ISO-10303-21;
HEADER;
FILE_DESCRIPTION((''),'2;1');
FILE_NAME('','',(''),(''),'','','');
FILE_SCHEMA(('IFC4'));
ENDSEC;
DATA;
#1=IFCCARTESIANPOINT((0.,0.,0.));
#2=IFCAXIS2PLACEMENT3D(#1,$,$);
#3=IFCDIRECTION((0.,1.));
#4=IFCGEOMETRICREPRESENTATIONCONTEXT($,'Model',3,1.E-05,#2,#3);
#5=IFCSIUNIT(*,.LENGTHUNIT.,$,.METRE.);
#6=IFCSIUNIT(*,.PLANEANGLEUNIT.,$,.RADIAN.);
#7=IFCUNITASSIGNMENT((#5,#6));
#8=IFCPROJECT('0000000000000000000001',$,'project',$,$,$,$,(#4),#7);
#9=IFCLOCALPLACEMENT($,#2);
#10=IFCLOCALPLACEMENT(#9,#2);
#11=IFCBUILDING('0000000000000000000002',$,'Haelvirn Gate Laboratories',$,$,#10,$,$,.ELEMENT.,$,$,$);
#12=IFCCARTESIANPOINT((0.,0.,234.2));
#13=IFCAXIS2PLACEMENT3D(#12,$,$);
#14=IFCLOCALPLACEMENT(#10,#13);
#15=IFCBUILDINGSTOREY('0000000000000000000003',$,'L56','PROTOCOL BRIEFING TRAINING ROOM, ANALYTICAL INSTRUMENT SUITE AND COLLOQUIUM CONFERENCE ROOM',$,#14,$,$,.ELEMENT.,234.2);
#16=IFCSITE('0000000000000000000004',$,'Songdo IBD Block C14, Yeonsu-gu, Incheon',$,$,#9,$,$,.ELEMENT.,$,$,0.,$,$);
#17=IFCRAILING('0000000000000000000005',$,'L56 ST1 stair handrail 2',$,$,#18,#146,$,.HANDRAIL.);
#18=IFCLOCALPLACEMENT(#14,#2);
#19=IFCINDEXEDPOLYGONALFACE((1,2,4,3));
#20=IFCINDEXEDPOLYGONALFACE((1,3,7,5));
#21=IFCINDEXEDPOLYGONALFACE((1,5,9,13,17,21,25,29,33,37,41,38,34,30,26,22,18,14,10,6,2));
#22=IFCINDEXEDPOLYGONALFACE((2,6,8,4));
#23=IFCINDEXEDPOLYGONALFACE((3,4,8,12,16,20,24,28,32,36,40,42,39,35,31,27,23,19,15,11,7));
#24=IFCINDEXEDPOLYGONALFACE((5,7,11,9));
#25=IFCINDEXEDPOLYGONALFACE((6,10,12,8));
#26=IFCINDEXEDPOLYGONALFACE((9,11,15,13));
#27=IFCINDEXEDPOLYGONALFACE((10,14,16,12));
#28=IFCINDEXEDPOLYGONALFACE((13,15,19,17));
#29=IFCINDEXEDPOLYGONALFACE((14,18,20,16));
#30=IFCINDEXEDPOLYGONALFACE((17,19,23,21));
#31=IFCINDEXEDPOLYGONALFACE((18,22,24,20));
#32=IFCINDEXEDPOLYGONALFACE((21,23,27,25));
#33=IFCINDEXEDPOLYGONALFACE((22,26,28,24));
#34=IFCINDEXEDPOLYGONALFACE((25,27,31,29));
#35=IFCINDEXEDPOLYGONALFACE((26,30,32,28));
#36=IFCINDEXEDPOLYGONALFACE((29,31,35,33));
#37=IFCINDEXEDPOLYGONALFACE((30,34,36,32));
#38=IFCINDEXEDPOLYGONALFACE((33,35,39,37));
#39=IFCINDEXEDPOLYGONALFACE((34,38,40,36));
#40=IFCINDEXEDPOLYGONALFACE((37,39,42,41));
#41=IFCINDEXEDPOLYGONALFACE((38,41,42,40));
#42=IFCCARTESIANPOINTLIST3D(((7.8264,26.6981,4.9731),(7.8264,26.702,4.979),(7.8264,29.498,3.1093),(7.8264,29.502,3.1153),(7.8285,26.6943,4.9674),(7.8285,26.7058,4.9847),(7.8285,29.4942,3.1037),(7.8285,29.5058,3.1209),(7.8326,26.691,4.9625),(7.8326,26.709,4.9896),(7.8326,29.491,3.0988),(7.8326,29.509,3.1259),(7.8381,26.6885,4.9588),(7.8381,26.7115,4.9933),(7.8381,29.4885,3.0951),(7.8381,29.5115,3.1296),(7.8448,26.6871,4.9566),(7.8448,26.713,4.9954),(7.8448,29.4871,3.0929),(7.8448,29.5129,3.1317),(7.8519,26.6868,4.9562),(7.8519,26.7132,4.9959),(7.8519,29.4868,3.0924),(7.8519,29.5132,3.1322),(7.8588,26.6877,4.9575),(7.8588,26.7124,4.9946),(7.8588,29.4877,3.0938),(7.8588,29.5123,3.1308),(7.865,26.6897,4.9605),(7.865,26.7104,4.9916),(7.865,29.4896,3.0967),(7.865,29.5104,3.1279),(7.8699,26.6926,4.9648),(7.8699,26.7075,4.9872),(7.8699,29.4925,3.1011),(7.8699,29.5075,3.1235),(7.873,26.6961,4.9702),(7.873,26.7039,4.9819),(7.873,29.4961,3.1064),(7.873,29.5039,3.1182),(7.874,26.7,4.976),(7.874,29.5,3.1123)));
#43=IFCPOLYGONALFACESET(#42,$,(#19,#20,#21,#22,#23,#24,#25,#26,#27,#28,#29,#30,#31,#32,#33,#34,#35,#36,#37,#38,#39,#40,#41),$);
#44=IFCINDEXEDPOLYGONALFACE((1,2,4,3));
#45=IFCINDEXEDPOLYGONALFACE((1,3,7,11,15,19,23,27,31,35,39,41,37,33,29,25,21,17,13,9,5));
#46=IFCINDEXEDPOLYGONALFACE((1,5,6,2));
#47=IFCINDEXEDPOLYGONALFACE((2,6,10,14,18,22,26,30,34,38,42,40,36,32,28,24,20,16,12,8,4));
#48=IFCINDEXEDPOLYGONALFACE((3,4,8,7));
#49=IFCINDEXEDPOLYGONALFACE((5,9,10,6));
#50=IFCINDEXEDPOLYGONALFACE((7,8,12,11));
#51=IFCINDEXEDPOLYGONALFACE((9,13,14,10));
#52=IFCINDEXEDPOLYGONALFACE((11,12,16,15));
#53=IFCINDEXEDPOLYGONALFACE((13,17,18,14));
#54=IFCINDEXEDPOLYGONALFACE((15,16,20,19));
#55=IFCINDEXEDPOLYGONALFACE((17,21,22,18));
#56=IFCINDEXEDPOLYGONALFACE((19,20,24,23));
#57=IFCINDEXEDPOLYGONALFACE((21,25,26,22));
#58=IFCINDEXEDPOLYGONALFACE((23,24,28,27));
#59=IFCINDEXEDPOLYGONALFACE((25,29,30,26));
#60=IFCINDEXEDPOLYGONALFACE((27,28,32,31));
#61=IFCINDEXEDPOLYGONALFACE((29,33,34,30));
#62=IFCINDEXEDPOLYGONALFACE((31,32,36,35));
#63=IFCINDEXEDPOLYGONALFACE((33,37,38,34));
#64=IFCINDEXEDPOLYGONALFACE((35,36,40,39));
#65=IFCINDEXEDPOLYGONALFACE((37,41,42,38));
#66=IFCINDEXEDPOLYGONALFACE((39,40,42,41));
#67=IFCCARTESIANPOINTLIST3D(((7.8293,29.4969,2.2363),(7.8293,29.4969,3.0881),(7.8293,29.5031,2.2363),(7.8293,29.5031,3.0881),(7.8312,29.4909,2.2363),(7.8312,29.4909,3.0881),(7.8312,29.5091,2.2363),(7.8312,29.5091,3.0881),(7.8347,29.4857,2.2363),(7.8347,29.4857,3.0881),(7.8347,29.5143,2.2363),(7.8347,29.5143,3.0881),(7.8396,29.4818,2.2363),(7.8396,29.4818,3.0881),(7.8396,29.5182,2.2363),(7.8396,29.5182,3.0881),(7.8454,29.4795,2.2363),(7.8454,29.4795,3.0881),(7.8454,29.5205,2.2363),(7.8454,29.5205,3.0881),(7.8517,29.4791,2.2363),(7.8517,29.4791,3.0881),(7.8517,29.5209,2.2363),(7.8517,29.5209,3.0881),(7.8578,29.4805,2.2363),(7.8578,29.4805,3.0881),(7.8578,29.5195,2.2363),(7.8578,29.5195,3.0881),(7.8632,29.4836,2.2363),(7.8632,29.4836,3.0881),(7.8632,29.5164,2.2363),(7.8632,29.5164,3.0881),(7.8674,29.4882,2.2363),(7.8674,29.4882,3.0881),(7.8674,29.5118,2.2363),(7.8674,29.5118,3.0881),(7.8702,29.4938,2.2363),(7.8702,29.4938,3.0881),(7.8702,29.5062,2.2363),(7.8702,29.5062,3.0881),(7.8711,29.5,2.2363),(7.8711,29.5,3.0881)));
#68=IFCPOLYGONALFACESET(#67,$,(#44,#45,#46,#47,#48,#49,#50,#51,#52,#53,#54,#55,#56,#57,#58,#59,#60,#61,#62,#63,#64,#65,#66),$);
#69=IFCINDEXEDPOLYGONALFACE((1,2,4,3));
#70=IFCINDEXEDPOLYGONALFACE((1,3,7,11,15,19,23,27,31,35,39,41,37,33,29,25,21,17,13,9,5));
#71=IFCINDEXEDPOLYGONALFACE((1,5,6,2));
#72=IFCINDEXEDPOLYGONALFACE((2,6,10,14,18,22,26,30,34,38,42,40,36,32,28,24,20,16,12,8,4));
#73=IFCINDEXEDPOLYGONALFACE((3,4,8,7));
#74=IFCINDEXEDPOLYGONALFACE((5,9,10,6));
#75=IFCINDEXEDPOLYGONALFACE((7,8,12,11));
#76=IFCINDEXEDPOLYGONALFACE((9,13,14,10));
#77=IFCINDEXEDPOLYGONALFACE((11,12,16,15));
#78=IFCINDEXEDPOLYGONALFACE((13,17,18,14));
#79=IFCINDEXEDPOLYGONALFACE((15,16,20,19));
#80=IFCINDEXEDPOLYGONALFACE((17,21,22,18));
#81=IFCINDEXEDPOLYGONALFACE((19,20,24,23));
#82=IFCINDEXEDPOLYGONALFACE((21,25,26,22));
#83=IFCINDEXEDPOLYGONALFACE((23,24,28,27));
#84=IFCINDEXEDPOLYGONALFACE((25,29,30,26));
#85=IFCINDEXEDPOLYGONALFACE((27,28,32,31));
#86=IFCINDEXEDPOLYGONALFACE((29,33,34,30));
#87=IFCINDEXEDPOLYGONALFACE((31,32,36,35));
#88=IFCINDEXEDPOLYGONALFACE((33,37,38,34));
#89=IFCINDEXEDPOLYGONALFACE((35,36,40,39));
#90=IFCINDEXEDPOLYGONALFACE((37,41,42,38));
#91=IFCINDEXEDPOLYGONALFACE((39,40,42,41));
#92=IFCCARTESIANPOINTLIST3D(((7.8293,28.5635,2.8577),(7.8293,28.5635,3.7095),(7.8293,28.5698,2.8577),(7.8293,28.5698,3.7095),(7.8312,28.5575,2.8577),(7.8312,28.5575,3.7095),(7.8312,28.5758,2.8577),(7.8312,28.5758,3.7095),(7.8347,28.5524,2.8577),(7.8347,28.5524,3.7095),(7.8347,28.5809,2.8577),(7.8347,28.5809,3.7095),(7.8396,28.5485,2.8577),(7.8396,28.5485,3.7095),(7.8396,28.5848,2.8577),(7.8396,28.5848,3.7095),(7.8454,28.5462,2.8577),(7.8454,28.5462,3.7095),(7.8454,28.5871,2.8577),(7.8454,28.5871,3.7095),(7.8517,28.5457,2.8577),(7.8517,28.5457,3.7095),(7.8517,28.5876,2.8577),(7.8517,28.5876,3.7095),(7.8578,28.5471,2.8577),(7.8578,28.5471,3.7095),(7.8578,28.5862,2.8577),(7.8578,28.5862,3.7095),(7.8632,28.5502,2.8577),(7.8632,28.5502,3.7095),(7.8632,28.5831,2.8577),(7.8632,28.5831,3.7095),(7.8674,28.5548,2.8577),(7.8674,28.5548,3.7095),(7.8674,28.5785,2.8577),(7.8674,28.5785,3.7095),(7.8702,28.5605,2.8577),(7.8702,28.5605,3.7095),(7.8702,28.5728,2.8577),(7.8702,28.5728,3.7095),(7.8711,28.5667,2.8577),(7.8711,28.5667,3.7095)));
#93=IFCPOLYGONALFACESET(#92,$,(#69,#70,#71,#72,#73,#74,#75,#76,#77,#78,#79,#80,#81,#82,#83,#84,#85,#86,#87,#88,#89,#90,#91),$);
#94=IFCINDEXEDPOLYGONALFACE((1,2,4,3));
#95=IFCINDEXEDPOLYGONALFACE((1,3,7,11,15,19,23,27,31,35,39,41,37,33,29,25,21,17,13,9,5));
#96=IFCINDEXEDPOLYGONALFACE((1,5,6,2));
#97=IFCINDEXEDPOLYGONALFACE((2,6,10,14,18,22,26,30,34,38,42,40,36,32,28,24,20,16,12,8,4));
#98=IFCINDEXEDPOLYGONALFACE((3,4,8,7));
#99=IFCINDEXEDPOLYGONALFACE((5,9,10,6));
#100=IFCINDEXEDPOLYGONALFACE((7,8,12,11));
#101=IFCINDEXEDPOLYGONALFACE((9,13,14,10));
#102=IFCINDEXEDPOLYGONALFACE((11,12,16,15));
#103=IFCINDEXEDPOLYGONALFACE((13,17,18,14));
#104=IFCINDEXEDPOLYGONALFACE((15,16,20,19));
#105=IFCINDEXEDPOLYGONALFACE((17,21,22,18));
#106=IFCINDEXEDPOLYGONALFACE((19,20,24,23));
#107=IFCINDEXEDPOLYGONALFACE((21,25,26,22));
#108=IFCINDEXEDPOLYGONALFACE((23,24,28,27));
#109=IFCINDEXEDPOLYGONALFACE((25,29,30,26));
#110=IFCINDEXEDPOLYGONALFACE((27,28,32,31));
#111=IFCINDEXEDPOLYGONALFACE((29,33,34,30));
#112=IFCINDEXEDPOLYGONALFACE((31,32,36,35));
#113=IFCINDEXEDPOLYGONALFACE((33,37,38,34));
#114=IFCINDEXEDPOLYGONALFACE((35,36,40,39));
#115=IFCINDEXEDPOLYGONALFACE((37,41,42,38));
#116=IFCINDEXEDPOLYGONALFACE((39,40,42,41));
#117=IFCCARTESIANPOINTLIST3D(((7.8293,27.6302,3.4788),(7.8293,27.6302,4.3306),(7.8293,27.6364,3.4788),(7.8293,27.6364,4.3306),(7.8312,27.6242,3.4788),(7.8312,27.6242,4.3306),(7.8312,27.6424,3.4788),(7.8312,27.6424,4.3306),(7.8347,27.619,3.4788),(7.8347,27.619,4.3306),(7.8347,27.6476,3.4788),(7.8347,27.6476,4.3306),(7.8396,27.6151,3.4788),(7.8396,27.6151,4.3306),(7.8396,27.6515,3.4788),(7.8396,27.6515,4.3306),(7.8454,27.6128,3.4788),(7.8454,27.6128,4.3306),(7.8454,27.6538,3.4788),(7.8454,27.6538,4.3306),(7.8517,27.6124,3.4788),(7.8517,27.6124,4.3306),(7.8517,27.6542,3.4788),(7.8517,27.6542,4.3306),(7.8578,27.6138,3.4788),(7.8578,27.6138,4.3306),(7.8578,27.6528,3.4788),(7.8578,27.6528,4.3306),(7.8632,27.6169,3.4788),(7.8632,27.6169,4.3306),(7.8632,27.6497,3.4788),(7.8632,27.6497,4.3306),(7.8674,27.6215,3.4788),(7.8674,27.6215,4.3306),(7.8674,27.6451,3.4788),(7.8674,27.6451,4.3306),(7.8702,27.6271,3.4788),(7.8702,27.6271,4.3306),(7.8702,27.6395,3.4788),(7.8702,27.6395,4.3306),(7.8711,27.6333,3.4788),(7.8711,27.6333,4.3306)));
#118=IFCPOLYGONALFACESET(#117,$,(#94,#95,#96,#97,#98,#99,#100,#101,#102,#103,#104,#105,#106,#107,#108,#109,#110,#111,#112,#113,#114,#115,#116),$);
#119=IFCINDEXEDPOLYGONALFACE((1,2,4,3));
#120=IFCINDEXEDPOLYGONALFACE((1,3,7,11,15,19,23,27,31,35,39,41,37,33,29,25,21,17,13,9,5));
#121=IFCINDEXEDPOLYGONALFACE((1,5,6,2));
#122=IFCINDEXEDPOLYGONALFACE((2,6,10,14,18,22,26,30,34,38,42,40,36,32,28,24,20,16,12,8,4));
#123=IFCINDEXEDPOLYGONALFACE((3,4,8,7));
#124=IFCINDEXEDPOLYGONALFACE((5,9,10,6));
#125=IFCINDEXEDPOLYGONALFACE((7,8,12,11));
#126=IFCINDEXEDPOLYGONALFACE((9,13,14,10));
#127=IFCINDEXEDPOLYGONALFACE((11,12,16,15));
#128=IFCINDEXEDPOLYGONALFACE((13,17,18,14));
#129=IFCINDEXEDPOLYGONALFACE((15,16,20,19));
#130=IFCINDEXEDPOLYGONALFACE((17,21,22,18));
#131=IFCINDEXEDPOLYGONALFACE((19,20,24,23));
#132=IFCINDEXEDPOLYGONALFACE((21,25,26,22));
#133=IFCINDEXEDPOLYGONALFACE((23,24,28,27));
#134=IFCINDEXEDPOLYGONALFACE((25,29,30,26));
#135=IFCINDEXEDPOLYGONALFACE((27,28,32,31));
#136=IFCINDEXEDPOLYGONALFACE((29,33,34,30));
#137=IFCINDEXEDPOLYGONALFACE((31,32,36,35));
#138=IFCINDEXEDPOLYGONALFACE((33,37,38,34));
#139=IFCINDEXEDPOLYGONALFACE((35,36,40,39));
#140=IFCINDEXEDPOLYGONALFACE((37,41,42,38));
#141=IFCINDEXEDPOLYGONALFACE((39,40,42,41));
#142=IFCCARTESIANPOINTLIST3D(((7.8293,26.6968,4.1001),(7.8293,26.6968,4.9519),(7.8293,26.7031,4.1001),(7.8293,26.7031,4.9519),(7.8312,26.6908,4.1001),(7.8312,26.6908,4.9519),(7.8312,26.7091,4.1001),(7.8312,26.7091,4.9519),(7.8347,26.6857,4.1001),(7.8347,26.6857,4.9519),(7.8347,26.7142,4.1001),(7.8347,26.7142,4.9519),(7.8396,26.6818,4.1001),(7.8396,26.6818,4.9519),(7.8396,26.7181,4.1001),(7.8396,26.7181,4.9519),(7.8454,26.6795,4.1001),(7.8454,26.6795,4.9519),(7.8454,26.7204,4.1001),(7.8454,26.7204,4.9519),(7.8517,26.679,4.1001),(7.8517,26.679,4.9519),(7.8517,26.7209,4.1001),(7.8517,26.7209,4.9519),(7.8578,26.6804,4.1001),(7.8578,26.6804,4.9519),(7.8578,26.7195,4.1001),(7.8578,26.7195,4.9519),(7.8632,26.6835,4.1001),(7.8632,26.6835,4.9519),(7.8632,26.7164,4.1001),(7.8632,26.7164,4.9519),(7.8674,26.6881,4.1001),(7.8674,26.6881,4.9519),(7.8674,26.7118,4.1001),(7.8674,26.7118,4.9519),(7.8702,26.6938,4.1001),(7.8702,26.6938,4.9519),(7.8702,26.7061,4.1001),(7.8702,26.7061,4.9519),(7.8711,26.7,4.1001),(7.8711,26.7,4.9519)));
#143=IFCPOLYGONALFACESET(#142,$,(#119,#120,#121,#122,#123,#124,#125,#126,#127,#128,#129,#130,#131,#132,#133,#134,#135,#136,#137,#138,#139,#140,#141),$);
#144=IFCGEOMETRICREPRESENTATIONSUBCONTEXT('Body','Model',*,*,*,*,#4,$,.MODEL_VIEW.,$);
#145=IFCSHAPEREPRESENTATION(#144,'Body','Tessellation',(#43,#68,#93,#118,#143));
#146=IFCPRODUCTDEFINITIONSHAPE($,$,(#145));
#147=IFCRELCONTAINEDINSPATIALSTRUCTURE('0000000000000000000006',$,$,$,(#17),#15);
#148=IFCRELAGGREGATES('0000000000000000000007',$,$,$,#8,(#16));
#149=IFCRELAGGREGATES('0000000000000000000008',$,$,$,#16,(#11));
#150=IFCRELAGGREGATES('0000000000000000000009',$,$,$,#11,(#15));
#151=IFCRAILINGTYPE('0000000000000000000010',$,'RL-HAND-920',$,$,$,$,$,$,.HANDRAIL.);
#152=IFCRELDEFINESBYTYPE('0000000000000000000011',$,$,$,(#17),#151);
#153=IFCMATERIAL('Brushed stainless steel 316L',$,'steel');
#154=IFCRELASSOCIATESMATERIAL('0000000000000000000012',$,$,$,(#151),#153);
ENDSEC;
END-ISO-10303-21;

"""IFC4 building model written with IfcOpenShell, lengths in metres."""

from ifc_helpers import new_model, si_unit, direction, frame, origin, origin_2d, place, context, subcontext, project, spatial, circle, extrude, source, transform, mapped, material, type_object, element, save


model = new_model("IFC4")

# Units and contexts
model_context = context("Model", 3, precision=1e-05, world=origin(), true_north=direction((0.0, 1.0)))
body_context = subcontext(model_context, "Body", "Model", "MODEL_VIEW")
ifc_project = project(units=[si_unit("LENGTHUNIT", "METRE"), si_unit("PLANEANGLEUNIT", "RADIAN")], contexts=[model_context])

# Site, building, storey
site_placement = place(None, origin())
site = spatial("IfcSite", under=ifc_project, at=site_placement, Name="Songdo IBD Block C14, Yeonsu-gu, Incheon", CompositionType="ELEMENT", RefElevation=0.0)
building_placement = place(site_placement, origin())
building = spatial("IfcBuilding", under=site, at=building_placement, Name="Haelvirn Gate Laboratories", CompositionType="ELEMENT")
storey_placement = place(building_placement, frame((0.0, 0.0, 234.2)))
storey = spatial("IfcBuildingStorey", under=building, at=storey_placement, Name="L56", Description="PROTOCOL BRIEFING TRAINING ROOM, ANALYTICAL INSTRUMENT SUITE AND COLLOQUIUM CONFERENCE ROOM", CompositionType="ELEMENT", Elevation=234.2)

# Railing
ifc_material_1 = material(Name="Brushed stainless steel 316L", Category="steel")
railing_type_1 = type_object("IfcRailingType", Name="RL-HAND-920", PredefinedType="HANDRAIL", material=ifc_material_1)
shared_shape_1 = source(origin(), body_context, "Body", "SweptSolid", [
    extrude(circle(Radius=0.0239, at=origin_2d()), frame((0.0, 0.0, 0.876), z_axis=(0.0, -0.832452, 0.554097), x_axis=(1.0, 0.0, 0.0)), (0.0, 0.0, 1.0), 3.3635),
    extrude(circle(Radius=0.021, at=origin_2d()), origin(), (0.0, 0.0, 1.0), 0.8518),
    extrude(circle(Radius=0.021, at=origin_2d()), frame((0.0, -0.9333, 0.6213)), (0.0, 0.0, 1.0), 0.8518),
    extrude(circle(Radius=0.021, at=origin_2d()), frame((0.0, -1.8667, 1.2424)), (0.0, 0.0, 1.0), 0.8518),
    extrude(circle(Radius=0.021, at=origin_2d()), frame((0.0, -2.8, 1.8638)), (0.0, 0.0, 1.0), 0.8518),
])
railing_1_placement = place(storey_placement, frame((7.8501, 29.5, 2.2363)))
element("IfcRailing", 1, at=railing_1_placement, inside=storey, type_object=railing_type_1, Name="L56 ST1 stair handrail 2", PredefinedType="HANDRAIL", context=body_context, shape_type="MappedRepresentation", body=[
    mapped(shared_shape_1, transform((0.0, 0.0, 0.0), scale=1.0)),
])

save(model, "model.ifc")
